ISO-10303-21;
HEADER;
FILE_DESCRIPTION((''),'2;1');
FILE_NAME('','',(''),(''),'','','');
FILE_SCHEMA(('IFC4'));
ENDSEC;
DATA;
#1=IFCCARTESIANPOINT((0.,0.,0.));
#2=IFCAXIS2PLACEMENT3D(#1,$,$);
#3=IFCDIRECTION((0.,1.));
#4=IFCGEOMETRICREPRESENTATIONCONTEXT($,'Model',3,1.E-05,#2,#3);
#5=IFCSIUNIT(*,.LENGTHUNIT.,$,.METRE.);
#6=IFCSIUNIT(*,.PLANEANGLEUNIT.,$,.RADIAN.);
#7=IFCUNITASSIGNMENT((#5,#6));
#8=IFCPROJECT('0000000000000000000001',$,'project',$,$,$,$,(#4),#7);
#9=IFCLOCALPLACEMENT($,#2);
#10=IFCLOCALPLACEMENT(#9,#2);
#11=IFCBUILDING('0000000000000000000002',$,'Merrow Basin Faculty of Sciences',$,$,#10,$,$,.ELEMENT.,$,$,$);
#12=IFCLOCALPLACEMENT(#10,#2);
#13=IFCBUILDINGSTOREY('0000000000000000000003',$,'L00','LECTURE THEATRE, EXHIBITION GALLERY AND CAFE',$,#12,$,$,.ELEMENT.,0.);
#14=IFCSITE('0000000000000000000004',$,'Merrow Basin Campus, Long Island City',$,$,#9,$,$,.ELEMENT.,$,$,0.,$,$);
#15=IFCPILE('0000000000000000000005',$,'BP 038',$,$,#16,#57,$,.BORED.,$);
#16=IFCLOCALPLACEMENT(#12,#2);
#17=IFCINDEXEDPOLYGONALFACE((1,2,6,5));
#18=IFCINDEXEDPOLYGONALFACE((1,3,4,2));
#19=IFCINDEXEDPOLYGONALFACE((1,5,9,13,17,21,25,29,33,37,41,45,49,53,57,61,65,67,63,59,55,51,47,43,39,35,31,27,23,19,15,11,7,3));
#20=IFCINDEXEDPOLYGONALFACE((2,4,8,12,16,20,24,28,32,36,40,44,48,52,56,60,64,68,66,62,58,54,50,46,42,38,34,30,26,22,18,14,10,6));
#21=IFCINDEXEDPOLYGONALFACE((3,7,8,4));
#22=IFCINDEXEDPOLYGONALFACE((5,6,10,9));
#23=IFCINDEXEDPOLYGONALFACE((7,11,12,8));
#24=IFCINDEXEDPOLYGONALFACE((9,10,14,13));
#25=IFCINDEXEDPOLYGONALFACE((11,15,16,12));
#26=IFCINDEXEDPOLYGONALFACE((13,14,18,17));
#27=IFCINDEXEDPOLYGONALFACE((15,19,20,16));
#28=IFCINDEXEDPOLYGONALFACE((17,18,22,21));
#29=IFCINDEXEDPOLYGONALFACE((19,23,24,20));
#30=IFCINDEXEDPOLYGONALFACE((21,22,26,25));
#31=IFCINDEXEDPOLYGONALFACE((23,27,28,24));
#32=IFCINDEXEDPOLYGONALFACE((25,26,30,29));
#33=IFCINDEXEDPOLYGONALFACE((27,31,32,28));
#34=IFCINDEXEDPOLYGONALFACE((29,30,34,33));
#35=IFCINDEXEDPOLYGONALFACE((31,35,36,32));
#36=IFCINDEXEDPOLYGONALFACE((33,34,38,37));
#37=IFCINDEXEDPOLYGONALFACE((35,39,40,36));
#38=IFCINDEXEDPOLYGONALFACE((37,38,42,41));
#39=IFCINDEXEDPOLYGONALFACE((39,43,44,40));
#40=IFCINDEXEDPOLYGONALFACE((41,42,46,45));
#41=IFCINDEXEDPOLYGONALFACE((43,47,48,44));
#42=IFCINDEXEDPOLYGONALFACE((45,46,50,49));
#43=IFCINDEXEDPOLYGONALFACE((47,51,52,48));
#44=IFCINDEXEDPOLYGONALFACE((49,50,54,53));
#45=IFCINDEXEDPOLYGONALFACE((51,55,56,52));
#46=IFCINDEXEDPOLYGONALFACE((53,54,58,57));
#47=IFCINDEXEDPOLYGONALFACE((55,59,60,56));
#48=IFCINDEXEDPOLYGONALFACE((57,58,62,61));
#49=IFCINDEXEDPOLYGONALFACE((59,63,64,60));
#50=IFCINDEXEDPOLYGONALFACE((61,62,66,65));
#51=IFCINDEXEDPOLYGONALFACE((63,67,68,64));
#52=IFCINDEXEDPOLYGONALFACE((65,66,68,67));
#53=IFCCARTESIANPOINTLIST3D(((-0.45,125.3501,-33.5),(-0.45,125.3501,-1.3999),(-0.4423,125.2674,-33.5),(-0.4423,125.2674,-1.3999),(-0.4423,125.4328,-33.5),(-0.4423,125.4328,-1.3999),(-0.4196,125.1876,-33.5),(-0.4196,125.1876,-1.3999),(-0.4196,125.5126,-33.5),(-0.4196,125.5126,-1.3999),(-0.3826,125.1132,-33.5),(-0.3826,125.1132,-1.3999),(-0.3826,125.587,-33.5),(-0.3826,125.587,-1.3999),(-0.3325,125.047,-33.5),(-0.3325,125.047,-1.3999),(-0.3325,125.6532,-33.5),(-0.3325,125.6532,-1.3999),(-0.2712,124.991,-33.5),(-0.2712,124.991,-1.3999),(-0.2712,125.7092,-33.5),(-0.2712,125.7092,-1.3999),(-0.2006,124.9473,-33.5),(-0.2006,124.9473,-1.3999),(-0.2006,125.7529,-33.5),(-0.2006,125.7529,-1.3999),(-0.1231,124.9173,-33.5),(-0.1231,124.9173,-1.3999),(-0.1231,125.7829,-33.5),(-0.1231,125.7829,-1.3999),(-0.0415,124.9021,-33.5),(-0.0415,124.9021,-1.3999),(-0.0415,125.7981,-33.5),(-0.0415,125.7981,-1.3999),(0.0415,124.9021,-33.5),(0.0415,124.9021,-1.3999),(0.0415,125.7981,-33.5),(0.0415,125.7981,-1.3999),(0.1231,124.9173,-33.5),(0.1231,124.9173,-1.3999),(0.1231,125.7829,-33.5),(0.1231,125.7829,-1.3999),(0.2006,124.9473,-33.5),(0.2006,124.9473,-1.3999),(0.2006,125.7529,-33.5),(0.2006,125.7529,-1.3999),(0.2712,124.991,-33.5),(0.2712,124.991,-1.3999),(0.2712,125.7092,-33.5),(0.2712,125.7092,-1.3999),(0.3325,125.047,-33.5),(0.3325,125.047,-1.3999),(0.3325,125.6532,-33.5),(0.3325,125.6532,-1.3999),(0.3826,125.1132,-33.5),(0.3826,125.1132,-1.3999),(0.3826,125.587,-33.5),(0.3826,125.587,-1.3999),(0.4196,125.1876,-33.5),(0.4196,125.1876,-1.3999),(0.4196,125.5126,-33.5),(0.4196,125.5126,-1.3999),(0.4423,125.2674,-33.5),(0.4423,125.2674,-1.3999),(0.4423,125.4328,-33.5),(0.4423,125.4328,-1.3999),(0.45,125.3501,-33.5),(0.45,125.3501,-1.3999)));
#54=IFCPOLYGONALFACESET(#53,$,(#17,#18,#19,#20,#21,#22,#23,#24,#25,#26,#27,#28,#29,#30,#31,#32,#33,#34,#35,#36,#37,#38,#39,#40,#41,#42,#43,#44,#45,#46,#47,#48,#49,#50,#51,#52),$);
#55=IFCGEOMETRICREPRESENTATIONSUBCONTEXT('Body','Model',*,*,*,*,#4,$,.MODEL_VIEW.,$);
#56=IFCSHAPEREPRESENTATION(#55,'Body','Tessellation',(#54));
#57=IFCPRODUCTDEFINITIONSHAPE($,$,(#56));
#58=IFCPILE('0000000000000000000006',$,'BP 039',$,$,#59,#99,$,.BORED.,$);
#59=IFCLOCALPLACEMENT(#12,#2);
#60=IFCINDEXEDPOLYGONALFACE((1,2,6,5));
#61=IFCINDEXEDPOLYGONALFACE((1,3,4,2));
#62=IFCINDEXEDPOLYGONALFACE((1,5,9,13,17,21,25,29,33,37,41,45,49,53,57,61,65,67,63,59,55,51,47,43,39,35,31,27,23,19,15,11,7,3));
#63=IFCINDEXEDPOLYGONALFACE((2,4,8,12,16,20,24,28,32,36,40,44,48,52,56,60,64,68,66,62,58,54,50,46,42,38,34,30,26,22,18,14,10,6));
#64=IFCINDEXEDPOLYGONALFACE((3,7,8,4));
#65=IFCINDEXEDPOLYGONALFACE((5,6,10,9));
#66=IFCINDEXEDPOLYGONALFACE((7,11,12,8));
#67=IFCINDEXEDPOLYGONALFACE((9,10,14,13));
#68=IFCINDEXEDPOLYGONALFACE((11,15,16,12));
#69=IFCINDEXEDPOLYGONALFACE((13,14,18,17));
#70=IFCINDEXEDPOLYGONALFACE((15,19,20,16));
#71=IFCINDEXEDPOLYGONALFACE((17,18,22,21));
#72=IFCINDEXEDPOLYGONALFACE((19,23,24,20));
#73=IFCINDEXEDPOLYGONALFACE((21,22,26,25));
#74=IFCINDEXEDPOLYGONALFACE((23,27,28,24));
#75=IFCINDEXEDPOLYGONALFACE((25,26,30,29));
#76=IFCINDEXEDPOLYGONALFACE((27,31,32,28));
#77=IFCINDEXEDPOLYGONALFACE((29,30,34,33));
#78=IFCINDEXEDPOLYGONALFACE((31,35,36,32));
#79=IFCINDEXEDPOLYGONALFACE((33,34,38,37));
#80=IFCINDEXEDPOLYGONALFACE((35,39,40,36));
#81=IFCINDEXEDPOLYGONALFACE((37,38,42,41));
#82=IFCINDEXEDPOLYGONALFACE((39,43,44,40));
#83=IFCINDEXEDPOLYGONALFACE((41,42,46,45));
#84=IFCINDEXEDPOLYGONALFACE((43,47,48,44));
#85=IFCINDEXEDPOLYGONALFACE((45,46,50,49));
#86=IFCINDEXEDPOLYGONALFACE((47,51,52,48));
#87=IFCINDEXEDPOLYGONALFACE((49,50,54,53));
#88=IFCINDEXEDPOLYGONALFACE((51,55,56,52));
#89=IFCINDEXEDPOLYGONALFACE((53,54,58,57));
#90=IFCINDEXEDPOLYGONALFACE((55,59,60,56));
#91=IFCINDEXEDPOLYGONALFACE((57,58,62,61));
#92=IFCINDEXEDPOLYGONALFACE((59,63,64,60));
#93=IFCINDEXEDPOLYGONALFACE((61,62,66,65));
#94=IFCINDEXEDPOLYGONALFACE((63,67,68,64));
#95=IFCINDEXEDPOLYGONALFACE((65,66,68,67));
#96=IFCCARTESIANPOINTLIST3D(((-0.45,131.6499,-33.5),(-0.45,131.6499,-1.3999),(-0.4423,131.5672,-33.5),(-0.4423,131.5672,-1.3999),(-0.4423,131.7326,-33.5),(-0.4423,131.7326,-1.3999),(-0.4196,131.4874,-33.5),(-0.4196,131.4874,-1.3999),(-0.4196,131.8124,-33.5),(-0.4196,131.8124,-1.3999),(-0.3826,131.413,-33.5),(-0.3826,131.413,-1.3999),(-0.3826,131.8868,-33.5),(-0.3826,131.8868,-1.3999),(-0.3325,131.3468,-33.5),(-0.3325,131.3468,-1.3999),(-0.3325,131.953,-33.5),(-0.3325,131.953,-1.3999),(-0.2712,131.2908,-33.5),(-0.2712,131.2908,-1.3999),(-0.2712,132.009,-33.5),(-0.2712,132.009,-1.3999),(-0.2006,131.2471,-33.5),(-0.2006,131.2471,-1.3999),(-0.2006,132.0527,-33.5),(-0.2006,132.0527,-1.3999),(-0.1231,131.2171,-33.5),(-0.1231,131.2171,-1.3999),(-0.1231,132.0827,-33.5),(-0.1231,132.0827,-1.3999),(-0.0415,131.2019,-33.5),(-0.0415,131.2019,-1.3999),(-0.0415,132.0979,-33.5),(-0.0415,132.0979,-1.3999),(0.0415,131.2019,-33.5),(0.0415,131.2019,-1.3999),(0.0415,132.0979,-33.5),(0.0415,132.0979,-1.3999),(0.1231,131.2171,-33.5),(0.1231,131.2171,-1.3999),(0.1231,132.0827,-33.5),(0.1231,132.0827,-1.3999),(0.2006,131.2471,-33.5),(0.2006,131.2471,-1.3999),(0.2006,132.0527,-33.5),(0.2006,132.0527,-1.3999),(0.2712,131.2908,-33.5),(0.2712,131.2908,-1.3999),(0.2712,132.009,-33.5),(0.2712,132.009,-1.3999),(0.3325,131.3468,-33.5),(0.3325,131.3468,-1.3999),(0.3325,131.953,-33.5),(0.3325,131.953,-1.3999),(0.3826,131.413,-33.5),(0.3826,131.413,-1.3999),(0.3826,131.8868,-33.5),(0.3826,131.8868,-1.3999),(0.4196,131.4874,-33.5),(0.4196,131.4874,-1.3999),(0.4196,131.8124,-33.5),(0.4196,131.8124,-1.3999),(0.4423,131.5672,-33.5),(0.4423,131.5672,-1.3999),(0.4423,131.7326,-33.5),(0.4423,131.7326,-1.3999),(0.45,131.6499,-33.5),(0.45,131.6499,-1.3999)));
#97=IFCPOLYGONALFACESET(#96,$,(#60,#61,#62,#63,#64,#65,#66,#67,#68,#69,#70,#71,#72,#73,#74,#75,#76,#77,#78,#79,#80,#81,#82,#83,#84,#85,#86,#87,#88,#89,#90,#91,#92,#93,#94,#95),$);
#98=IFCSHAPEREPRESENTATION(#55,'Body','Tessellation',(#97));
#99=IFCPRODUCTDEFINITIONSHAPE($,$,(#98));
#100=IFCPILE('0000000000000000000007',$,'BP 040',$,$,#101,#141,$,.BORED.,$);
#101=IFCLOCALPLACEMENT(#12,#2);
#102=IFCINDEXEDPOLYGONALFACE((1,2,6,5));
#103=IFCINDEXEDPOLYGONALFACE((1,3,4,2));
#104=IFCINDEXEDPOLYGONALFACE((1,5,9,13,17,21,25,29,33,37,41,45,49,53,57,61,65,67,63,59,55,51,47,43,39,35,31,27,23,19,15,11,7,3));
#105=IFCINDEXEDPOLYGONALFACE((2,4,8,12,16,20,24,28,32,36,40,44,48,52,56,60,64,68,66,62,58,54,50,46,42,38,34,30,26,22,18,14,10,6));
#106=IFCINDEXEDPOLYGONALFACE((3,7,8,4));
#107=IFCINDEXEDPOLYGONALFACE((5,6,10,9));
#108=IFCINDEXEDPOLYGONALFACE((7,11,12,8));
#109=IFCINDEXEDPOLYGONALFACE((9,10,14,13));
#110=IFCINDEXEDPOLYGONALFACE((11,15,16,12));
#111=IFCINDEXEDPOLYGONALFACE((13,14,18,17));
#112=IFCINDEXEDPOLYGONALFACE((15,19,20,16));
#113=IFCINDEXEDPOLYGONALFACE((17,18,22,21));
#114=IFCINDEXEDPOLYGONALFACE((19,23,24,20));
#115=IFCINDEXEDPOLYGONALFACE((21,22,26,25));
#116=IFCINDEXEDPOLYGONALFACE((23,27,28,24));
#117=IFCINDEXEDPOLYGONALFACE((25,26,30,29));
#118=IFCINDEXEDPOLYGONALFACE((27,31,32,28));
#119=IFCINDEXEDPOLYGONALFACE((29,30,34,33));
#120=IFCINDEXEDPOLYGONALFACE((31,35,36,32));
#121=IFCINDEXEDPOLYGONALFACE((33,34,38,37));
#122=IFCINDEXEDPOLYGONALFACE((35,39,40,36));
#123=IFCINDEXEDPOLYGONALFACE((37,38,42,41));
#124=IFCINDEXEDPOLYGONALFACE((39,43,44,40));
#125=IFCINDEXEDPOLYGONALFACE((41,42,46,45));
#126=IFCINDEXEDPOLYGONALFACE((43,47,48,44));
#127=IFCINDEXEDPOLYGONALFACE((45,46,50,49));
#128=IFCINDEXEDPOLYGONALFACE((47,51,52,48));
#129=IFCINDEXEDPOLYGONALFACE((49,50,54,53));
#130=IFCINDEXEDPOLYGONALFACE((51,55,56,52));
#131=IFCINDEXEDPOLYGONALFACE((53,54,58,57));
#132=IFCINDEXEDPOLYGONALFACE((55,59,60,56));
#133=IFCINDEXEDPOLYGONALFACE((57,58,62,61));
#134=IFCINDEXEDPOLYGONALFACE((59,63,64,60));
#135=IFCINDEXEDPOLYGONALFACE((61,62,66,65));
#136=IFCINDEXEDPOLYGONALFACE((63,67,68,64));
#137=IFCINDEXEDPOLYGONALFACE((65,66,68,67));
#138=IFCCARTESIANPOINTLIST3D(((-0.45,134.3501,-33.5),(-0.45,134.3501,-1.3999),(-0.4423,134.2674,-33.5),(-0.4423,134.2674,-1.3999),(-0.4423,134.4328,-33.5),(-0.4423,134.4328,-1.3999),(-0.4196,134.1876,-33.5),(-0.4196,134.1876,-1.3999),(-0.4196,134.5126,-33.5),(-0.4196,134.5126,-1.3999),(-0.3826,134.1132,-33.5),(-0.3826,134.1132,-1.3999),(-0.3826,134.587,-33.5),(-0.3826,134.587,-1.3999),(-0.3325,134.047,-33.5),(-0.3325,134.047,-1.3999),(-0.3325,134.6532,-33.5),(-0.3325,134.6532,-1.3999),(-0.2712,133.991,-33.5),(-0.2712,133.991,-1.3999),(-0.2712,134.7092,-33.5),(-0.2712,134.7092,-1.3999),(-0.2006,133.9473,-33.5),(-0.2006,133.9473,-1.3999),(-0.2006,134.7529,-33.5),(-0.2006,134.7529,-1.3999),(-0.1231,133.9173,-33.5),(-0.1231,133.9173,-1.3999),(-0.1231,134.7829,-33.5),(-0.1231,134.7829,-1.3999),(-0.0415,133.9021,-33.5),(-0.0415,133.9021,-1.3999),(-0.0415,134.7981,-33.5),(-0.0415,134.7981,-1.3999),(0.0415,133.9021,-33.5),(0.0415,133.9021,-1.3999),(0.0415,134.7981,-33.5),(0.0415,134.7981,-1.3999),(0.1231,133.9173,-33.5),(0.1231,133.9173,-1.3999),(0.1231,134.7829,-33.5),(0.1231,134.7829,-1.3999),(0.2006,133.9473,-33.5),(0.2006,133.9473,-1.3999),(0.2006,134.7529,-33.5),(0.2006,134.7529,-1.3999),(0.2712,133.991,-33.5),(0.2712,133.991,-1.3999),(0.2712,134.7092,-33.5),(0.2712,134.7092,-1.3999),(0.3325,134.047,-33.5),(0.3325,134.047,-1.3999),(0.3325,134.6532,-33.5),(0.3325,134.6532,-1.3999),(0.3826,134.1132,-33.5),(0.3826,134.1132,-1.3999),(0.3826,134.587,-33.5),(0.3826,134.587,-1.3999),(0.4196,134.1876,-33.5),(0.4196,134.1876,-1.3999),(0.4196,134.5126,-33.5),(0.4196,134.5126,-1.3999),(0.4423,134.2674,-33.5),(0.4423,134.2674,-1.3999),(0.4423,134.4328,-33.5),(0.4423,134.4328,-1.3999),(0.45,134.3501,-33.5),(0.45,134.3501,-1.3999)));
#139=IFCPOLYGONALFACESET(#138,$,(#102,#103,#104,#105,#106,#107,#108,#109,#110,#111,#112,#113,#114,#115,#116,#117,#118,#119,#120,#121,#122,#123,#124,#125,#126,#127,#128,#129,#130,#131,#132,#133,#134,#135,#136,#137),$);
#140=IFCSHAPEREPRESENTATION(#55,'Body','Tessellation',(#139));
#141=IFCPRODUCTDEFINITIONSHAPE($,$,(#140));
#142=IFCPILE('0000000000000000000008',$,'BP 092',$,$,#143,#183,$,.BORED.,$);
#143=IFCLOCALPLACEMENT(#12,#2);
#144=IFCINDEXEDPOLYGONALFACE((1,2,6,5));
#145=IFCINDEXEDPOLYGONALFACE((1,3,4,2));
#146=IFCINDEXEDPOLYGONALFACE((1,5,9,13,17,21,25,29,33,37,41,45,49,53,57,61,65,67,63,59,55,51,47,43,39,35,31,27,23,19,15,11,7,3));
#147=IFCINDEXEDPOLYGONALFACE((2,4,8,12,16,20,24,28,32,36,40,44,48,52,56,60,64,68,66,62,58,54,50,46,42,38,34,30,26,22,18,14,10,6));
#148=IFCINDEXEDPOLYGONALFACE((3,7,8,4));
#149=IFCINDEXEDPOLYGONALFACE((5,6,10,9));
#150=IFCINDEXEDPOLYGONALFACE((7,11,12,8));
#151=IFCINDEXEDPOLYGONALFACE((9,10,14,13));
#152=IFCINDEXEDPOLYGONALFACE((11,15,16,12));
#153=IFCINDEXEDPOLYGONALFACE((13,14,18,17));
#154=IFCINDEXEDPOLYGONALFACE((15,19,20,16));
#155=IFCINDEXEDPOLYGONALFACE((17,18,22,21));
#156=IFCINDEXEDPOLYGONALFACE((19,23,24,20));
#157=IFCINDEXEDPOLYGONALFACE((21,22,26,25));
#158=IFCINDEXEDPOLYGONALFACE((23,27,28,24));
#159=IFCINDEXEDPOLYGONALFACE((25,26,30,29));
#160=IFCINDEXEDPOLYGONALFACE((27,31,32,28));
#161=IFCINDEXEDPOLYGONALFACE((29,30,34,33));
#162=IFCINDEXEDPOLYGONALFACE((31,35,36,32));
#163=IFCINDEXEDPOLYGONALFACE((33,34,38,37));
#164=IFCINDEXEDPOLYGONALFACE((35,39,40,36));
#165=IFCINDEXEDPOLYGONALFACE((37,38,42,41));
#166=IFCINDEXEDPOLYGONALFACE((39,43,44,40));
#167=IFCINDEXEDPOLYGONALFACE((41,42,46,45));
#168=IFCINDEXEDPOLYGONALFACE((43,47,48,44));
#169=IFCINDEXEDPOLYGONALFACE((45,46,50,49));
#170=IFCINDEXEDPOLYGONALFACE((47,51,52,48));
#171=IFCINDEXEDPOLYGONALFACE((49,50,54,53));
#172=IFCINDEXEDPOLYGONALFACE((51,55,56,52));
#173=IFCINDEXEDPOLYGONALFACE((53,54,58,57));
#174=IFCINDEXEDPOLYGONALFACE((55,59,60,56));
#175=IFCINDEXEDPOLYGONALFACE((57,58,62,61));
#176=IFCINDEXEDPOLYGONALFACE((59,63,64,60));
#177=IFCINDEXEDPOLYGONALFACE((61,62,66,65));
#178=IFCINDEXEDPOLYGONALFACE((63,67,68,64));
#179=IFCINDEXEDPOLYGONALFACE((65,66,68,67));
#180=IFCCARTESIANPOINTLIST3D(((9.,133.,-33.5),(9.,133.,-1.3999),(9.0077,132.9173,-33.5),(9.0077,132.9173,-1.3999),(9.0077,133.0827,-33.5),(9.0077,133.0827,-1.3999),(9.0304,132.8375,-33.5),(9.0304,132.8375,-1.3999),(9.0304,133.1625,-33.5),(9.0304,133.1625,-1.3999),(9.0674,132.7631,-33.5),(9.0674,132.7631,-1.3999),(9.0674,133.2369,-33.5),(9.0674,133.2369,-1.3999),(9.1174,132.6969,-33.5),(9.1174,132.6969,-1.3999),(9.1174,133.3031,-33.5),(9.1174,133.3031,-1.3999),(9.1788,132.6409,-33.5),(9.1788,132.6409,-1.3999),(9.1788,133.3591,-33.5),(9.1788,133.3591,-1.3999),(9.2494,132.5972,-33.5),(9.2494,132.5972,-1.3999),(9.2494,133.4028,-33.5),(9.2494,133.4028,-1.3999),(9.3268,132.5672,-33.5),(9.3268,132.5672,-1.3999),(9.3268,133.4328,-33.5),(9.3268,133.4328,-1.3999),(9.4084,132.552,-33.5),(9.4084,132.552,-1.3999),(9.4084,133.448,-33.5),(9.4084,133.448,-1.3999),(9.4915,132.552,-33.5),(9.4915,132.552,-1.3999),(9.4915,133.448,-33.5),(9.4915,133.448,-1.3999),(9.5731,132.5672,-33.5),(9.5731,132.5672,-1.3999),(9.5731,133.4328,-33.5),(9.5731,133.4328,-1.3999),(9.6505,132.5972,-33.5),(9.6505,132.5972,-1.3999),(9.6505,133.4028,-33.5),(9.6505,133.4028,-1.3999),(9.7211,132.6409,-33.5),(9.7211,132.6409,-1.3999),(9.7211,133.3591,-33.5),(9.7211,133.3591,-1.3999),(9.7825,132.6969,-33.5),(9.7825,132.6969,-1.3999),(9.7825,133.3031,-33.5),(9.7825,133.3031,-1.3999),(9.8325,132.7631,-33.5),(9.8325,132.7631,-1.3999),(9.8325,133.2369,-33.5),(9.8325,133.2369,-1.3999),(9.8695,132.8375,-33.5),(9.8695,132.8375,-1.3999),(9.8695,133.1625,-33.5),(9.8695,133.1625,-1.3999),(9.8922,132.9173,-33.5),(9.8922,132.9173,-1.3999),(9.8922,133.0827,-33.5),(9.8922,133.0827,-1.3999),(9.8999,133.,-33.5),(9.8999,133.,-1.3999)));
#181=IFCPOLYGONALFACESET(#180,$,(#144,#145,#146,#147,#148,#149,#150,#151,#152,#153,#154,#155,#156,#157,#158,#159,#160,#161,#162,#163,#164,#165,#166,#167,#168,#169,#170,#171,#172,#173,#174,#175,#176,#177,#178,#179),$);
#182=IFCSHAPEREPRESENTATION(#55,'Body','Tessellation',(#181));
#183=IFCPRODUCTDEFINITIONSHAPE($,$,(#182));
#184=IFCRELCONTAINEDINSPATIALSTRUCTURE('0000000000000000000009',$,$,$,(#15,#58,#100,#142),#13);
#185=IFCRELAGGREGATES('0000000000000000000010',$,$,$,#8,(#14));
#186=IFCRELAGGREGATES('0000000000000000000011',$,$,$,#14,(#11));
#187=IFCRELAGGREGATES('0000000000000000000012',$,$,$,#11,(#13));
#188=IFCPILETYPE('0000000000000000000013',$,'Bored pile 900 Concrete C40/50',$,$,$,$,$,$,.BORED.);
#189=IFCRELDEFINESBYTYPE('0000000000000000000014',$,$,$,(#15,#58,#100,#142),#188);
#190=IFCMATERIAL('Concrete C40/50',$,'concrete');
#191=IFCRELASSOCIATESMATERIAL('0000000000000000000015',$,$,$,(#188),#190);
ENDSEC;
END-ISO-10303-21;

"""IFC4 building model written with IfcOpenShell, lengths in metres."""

from ifc_helpers import new_model, si_unit, direction, frame, origin, origin_2d, place, context, subcontext, project, spatial, circle, extrude, material, material_profile, profile_set, type_object, element, save


model = new_model("IFC4")

# Units and contexts
model_context = context("Model", 3, precision=1e-05, world=origin(), true_north=direction((0.0, 1.0)))
body_context = subcontext(model_context, "Body", "Model", "MODEL_VIEW")
ifc_project = project(units=[si_unit("LENGTHUNIT", "METRE"), si_unit("PLANEANGLEUNIT", "RADIAN")], contexts=[model_context])

# Site, building, storey
site_placement = place(None, origin())
site = spatial("IfcSite", under=ifc_project, at=site_placement, Name="Merrow Basin Campus, Long Island City", CompositionType="ELEMENT", RefElevation=0.0)
building_placement = place(site_placement, origin())
building = spatial("IfcBuilding", under=site, at=building_placement, Name="Merrow Basin Faculty of Sciences", CompositionType="ELEMENT")
storey_placement = place(building_placement, origin())
storey = spatial("IfcBuildingStorey", under=building, at=storey_placement, Name="L00", Description="LECTURE THEATRE, EXHIBITION GALLERY AND CAFE", CompositionType="ELEMENT", Elevation=0.0)

# Piles
ifc_material_1 = material(Name="Concrete C40/50", Category="concrete")
ifc_material_profile_1 = material_profile(ifc_material_1, circle(Radius=0.45, at=origin_2d()))
ifc_profile_set_1 = profile_set([ifc_material_profile_1], Name="Concrete C40/50")
pile_type = type_object("IfcPileType", Name="Bored pile 900 Concrete C40/50", PredefinedType="BORED", material=ifc_profile_set_1)
for number, where, z_axis, x_axis, name in (
    (1, (0.0, 125.3501, -1.3999), (0.0, 0.0, -1.0), (1.0, 0.0, 0.0), "BP 038"),
    (2, (0.0, 131.6499, -1.3999), (0.0, 0.0, -1.0), (1.0, 0.0, 0.0), "BP 039"),
    (3, (0.0, 134.3501, -1.3999), (0.0, 0.0, -1.0), (1.0, 0.0, 0.0), "BP 040"),
    (4, (9.45, 133.0, -1.3999), (0.0, 0.0, -1.0), (1.0, 0.0, 0.0), "BP 092"),
):
    element("IfcPile", number, at=place(storey_placement, frame(where, z_axis=z_axis, x_axis=x_axis)), inside=storey, type_object=pile_type, Name=name, PredefinedType="BORED", context=body_context, shape_type="SweptSolid", body=[
        extrude(circle(Radius=0.45, at=origin_2d()), origin(), (0.0, 0.0, 1.0), 32.1001),
    ])

save(model, "model.ifc")
